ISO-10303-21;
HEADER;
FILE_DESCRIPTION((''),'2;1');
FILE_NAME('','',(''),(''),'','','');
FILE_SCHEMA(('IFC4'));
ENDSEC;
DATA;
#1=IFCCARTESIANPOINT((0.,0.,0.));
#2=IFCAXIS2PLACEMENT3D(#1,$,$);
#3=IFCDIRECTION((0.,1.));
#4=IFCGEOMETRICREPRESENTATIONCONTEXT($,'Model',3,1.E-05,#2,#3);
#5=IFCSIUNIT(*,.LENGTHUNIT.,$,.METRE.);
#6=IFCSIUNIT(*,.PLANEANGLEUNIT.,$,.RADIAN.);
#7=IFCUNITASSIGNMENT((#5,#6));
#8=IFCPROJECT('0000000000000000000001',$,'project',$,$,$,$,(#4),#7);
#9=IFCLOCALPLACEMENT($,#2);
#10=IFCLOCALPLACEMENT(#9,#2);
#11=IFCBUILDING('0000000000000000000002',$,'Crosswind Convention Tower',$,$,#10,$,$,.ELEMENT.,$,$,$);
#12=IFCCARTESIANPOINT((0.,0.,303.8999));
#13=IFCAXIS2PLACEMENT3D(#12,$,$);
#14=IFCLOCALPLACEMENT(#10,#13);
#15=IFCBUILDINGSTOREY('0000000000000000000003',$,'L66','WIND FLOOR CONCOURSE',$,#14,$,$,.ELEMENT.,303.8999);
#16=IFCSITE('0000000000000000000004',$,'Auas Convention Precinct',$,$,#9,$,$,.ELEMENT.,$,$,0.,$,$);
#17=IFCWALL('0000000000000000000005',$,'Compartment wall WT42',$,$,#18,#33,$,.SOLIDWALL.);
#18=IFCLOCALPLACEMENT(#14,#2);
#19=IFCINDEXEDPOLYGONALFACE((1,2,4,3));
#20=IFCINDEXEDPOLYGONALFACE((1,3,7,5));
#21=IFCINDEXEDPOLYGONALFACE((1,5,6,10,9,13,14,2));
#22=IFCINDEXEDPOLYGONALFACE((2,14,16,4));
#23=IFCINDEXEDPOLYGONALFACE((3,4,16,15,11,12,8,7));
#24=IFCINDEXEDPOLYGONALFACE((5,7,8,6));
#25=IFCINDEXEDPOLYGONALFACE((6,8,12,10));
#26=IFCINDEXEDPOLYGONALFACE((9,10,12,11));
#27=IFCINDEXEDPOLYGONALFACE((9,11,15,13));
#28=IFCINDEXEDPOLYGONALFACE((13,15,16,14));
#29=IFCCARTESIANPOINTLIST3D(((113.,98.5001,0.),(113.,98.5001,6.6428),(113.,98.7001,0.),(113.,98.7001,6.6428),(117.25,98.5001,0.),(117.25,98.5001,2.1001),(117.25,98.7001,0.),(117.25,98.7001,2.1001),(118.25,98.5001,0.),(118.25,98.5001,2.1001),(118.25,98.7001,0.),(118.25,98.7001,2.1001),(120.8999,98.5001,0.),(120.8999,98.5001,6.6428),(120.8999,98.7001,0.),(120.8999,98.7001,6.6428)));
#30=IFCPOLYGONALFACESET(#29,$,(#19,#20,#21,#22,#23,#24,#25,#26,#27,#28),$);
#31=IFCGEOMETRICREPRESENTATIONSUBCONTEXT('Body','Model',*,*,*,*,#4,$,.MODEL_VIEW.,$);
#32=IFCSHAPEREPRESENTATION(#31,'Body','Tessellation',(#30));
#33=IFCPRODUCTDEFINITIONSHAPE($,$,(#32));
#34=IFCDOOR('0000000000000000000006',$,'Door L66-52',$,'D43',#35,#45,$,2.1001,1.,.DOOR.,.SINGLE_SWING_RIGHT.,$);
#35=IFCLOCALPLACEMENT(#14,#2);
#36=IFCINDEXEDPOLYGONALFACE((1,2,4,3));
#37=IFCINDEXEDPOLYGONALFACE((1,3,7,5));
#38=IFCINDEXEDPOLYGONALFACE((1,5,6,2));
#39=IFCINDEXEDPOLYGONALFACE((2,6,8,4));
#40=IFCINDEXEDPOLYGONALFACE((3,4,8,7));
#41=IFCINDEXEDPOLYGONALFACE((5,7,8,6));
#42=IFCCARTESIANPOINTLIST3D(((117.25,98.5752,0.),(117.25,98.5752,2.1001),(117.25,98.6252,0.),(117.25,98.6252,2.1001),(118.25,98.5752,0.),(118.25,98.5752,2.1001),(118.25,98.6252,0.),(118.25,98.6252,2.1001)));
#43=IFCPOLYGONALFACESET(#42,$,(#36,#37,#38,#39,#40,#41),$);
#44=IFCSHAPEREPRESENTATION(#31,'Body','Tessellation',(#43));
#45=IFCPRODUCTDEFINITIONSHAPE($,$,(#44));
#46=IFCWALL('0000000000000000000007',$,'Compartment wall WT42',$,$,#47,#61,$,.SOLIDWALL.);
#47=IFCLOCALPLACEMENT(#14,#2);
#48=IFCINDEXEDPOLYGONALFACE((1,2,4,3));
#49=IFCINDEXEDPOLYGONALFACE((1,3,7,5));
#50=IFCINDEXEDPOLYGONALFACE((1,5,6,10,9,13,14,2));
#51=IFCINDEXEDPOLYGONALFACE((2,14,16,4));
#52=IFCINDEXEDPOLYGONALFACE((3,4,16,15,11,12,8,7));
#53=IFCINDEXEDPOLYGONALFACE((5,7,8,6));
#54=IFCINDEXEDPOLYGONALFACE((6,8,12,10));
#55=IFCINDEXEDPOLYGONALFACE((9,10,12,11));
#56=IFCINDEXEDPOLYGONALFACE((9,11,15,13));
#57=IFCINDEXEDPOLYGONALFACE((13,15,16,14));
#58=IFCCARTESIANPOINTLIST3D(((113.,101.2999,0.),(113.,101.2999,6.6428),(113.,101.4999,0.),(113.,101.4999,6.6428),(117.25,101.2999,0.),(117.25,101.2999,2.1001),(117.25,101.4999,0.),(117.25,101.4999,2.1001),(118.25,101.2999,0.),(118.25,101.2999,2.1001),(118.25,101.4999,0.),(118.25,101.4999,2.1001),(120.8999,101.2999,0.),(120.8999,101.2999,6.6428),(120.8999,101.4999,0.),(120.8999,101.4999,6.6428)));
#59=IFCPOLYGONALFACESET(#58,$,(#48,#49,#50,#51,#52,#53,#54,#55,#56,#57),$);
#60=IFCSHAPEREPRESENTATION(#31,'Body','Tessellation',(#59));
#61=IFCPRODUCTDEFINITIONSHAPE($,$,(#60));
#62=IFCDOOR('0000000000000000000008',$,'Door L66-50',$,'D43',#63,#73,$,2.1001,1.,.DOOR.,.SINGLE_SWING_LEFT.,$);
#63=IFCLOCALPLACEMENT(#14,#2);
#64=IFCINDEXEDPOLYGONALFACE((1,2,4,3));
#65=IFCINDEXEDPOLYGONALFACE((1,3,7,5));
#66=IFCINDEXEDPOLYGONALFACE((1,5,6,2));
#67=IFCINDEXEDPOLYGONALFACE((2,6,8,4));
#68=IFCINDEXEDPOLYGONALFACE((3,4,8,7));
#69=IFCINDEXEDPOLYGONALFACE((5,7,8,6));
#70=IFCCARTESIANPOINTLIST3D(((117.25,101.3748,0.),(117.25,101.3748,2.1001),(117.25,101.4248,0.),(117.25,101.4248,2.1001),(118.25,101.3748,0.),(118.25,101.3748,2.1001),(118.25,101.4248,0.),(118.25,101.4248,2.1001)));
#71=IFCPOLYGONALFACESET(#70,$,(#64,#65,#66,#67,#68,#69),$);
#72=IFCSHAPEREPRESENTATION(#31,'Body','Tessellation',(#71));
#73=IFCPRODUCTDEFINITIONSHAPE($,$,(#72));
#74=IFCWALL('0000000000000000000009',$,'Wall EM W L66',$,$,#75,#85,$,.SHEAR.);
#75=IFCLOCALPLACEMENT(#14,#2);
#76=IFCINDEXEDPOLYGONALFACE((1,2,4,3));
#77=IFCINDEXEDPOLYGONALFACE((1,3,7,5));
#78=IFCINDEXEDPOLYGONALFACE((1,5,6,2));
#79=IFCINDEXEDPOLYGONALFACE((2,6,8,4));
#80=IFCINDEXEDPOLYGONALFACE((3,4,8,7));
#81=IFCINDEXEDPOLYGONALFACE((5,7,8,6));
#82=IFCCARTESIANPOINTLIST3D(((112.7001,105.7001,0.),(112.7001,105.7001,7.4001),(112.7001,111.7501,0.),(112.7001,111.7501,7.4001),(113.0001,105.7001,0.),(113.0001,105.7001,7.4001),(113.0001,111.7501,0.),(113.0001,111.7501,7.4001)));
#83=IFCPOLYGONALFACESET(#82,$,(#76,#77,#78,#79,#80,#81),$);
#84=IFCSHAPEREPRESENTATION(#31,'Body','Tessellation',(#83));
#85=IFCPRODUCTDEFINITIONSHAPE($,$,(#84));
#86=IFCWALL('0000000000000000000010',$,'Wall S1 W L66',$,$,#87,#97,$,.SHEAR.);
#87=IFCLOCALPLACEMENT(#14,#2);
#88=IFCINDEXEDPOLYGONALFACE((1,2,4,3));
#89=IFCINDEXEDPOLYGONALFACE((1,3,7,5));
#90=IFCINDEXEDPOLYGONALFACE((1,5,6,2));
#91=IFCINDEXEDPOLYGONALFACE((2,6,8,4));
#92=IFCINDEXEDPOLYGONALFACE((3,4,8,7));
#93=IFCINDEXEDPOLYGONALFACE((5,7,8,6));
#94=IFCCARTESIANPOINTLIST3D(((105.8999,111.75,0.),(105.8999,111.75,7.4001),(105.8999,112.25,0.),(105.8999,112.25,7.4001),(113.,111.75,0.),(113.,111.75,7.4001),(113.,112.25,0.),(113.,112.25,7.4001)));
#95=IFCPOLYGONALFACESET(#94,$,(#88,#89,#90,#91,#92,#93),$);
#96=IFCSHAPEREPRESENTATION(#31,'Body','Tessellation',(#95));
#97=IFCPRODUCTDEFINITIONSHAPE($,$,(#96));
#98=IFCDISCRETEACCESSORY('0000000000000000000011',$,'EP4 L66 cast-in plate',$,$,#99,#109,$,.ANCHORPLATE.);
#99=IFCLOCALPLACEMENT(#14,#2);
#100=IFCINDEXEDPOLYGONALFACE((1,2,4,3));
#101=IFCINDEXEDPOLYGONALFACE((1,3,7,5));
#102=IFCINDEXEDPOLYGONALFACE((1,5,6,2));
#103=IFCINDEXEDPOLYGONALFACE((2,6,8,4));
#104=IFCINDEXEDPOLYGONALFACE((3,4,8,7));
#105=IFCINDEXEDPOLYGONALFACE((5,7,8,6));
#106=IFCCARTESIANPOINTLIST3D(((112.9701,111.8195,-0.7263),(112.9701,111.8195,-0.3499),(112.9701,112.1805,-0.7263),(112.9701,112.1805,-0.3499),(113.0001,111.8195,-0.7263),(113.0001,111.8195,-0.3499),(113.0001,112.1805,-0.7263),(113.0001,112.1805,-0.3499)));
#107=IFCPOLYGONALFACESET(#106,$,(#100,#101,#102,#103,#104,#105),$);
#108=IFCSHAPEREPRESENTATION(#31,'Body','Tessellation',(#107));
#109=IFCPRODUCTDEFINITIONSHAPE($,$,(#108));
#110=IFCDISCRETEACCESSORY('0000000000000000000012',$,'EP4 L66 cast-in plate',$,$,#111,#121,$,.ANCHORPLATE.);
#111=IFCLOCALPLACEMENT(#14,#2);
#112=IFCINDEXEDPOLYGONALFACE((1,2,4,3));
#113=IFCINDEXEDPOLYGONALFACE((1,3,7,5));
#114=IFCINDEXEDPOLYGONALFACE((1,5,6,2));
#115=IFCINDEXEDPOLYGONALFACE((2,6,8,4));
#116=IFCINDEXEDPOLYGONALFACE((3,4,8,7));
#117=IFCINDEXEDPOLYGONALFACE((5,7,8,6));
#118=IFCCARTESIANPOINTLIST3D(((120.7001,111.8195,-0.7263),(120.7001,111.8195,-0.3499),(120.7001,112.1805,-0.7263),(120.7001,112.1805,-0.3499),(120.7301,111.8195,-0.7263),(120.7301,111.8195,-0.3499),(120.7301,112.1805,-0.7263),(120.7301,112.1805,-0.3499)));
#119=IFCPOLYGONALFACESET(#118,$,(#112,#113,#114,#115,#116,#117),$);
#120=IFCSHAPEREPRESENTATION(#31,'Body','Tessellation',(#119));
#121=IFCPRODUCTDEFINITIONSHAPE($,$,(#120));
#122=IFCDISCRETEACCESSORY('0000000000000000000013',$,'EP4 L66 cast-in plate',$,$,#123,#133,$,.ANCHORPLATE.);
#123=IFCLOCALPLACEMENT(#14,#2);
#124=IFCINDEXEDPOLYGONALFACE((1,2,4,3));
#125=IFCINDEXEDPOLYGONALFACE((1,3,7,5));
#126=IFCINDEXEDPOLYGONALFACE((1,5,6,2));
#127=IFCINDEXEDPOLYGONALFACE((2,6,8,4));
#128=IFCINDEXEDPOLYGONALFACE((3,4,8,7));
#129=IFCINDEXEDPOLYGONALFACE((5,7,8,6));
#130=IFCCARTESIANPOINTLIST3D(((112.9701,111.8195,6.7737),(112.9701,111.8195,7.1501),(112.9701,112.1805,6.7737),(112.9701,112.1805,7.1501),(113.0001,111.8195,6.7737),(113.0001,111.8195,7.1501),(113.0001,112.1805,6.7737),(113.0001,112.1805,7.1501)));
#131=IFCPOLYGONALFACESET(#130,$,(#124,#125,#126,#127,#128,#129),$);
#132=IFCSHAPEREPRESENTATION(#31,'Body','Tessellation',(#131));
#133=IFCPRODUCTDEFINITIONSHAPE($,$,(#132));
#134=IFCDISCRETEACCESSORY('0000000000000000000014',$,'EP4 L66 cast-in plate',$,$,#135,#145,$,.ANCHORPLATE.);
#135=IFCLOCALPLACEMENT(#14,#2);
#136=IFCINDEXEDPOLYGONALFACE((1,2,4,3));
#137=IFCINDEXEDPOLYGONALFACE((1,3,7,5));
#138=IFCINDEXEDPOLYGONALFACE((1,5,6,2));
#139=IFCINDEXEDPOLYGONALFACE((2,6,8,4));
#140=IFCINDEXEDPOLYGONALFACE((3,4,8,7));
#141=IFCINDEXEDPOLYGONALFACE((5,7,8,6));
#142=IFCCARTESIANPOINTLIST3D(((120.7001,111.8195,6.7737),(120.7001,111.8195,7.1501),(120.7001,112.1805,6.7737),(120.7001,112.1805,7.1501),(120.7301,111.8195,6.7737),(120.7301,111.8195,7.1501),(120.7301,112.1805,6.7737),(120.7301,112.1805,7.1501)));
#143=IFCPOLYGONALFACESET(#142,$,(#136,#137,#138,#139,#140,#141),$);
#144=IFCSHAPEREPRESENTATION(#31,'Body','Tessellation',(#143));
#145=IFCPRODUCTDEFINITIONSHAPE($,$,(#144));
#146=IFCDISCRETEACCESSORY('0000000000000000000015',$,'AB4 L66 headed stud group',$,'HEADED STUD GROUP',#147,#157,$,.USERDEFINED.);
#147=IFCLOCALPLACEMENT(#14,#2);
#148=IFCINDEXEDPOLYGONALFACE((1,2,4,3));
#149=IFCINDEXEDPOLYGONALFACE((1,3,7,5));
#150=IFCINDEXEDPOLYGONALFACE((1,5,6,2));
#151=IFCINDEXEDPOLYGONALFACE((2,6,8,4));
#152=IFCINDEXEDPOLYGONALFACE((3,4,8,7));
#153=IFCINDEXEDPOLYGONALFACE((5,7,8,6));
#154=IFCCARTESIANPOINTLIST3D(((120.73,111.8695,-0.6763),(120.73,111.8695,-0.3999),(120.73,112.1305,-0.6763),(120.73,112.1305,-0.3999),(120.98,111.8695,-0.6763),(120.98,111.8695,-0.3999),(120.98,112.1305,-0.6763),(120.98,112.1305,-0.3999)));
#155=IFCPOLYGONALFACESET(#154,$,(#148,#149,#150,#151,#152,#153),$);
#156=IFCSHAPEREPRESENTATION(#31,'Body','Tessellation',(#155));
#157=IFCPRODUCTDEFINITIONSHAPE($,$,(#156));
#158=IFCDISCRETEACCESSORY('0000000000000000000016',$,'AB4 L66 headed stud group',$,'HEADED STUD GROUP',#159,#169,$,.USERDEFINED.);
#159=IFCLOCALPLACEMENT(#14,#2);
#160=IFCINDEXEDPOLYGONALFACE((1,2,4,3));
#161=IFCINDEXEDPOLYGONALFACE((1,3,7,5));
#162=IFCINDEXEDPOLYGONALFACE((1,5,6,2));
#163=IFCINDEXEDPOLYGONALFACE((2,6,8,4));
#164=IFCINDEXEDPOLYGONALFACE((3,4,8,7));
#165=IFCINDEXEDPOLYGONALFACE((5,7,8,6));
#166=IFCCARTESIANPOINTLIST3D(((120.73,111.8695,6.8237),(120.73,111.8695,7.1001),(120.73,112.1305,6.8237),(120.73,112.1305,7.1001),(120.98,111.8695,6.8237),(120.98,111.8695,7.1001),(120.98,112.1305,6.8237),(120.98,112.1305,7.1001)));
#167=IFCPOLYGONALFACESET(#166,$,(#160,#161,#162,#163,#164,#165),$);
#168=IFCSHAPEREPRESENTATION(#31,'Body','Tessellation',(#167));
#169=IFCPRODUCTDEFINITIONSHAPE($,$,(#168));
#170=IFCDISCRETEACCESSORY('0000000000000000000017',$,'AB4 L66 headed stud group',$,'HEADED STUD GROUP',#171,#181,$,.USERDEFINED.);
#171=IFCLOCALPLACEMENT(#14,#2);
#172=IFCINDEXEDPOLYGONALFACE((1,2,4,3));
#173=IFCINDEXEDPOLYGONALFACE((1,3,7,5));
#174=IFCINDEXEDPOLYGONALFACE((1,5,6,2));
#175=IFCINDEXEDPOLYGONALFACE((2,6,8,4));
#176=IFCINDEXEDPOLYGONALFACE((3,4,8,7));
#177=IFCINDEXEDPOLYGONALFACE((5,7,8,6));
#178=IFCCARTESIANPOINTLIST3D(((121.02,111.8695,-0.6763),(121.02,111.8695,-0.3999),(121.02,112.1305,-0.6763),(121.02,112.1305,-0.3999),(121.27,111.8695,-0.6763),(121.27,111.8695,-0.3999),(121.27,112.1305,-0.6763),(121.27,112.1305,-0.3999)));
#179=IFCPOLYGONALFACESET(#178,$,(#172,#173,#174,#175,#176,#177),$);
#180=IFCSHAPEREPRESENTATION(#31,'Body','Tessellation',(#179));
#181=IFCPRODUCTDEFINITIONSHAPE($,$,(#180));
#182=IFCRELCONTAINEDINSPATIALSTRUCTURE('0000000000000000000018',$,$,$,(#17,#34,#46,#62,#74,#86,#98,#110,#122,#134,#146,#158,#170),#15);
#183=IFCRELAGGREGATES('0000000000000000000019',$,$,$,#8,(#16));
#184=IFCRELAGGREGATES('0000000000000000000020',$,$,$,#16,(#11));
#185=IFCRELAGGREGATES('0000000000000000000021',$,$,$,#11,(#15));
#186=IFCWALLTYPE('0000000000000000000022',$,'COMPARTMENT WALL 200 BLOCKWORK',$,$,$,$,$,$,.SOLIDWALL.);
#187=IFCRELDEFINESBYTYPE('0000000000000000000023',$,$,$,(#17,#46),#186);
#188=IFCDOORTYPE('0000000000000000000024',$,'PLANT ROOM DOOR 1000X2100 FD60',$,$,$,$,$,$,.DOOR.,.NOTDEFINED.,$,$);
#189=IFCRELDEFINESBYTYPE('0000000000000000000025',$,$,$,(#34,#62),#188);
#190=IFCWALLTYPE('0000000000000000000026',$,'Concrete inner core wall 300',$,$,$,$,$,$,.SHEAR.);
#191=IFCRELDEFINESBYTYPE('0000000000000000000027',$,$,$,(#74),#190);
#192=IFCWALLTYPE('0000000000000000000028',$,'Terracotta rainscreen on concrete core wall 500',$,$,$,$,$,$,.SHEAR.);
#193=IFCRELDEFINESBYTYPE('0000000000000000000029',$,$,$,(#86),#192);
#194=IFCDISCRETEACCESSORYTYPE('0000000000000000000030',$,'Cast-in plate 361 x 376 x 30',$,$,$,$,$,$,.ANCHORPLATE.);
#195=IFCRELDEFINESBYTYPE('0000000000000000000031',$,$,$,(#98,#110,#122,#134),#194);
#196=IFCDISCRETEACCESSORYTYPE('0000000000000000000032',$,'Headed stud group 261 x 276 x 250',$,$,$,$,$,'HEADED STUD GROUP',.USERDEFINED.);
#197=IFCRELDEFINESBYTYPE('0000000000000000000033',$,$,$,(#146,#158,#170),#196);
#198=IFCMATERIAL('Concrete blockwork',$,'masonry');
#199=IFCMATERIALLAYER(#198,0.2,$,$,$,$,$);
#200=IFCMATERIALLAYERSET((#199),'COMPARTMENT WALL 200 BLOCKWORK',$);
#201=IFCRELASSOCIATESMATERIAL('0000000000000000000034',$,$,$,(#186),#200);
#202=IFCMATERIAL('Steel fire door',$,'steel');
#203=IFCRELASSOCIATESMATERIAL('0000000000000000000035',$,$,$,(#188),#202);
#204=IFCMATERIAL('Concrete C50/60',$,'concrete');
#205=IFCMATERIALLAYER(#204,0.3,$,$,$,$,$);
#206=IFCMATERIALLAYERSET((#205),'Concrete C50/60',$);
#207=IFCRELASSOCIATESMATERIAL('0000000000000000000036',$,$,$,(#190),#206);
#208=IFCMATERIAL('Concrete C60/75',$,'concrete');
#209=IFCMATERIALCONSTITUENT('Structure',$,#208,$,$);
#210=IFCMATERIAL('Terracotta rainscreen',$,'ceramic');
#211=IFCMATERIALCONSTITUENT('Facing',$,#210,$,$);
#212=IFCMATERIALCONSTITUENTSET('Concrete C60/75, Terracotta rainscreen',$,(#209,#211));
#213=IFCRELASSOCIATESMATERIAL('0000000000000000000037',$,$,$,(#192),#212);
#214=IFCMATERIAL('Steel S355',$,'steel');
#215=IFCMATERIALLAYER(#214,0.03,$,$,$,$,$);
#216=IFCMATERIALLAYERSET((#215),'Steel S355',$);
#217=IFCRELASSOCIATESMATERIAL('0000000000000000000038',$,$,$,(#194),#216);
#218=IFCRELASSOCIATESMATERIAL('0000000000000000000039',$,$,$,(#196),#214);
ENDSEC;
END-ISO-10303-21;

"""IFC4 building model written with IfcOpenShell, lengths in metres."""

from ifc_helpers import new_model, si_unit, direction, frame, frame_2d, origin, origin_2d, place, context, subcontext, project, spatial, rectangle, extrude, material, layer, layer_set, constituent, constituent_set, type_object, element, fill, save


model = new_model("IFC4")

# Units and contexts
model_context = context("Model", 3, precision=1e-05, world=origin(), true_north=direction((0.0, 1.0)))
body_context = subcontext(model_context, "Body", "Model", "MODEL_VIEW")
ifc_project = project(units=[si_unit("LENGTHUNIT", "METRE"), si_unit("PLANEANGLEUNIT", "RADIAN")], contexts=[model_context])

# Site, building, storey
site_placement = place(None, origin())
site = spatial("IfcSite", under=ifc_project, at=site_placement, Name="Auas Convention Precinct", CompositionType="ELEMENT", RefElevation=0.0)
building_placement = place(site_placement, origin())
building = spatial("IfcBuilding", under=site, at=building_placement, Name="Crosswind Convention Tower", CompositionType="ELEMENT")
storey_placement = place(building_placement, frame((0.0, 0.0, 303.8999)))
storey = spatial("IfcBuildingStorey", under=building, at=storey_placement, Name="L66", Description="WIND FLOOR CONCOURSE", CompositionType="ELEMENT", Elevation=303.8999)

# Shared definitions
ifc_material_1 = material(Name="Concrete C60/75", Category="concrete")

# Shared definitions
ifc_material_2 = material(Name="Steel S355", Category="steel")

# Shared definitions
ifc_material_3 = material(Name="Concrete blockwork", Category="masonry")
ifc_layer_1 = layer(ifc_material_3, 0.2)
ifc_layer_set_1 = layer_set([ifc_layer_1], Name="COMPARTMENT WALL 200 BLOCKWORK")
wall_type_1 = type_object("IfcWallType", Name="COMPARTMENT WALL 200 BLOCKWORK", PredefinedType="SOLIDWALL", material=ifc_layer_set_1)

# Walls, openings, doors
wall_1_placement = place(storey_placement, frame((113.0, 98.6001, 0.0), z_axis=(0.0, 0.0, 1.0), x_axis=(1.0, 0.0, 0.0)))
wall_1 = element("IfcWall", 1, at=wall_1_placement, inside=storey, type_object=wall_type_1, Name="Compartment wall WT42", PredefinedType="SOLIDWALL", context=body_context, shape_type="SweptSolid", body=[
    extrude(rectangle(XDim=7.8999, YDim=0.2, at=frame_2d((3.95, 0.0))), origin(), (0.0, 0.0, 1.0), 6.6428),
])
opening_1_placement = place(wall_1_placement, frame((4.25, 0.0, 0.0)))
opening_1 = element("IfcOpeningElement", 2, at=opening_1_placement, cuts=wall_1, PredefinedType="OPENING", context=body_context, shape_type="SweptSolid", body=[
    extrude(rectangle(XDim=1.0, YDim=2.1001, at=frame_2d((0.5, 1.05))), frame((0.0, 0.1099, 0.0), z_axis=(0.0, -1.0, 0.0), x_axis=(1.0, 0.0, 0.0)), (0.0, 0.0, 1.0), 0.22),
])
ifc_material_4 = material(Name="Steel fire door", Category="steel")
door_type_1 = type_object("IfcDoorType", Name="PLANT ROOM DOOR 1000X2100 FD60", OperationType="NOTDEFINED", PredefinedType="DOOR", material=ifc_material_4)
door_1_placement = place(opening_1_placement, frame((1.0, 0.0, 0.0), z_axis=(0.0, 0.0, 1.0), x_axis=(-1.0, 0.0, 0.0)))
door_1 = element("IfcDoor", 3, at=door_1_placement, inside=storey, type_object=door_type_1, Name="Door L66-52", ObjectType="D43", OperationType="SINGLE_SWING_RIGHT", OverallHeight=2.1001, OverallWidth=1.0, PredefinedType="DOOR", context=body_context, shape_type="SweptSolid", body=[
    extrude(rectangle(XDim=1.0, YDim=2.1001, at=frame_2d((0.5, 1.05))), frame((0.0, 0.0249, 0.0), z_axis=(0.0, -1.0, 0.0), x_axis=(1.0, 0.0, 0.0)), (0.0, 0.0, 1.0), 0.05),
])
fill(opening_1, door_1)
wall_2_placement = place(storey_placement, frame((113.0, 101.3999, 0.0), z_axis=(0.0, 0.0, 1.0), x_axis=(1.0, 0.0, 0.0)))
wall_2 = element("IfcWall", 4, at=wall_2_placement, inside=storey, type_object=wall_type_1, Name="Compartment wall WT42", PredefinedType="SOLIDWALL", context=body_context, shape_type="SweptSolid", body=[
    extrude(rectangle(XDim=7.8999, YDim=0.2, at=frame_2d((3.95, 0.0))), origin(), (0.0, 0.0, 1.0), 6.6428),
])
opening_2_placement = place(wall_2_placement, frame((4.25, 0.0, 0.0)))
opening_2 = element("IfcOpeningElement", 5, at=opening_2_placement, cuts=wall_2, PredefinedType="OPENING", context=body_context, shape_type="SweptSolid", body=[
    extrude(rectangle(XDim=1.0, YDim=2.1001, at=frame_2d((0.5, 1.05))), frame((0.0, 0.1099, 0.0), z_axis=(0.0, -1.0, 0.0), x_axis=(1.0, 0.0, 0.0)), (0.0, 0.0, 1.0), 0.22),
])
door_2_placement = place(opening_2_placement, origin())
door_2 = element("IfcDoor", 6, at=door_2_placement, inside=storey, type_object=door_type_1, Name="Door L66-50", ObjectType="D43", OperationType="SINGLE_SWING_LEFT", OverallHeight=2.1001, OverallWidth=1.0, PredefinedType="DOOR", context=body_context, shape_type="SweptSolid", body=[
    extrude(rectangle(XDim=1.0, YDim=2.1001, at=frame_2d((0.5, 1.05))), frame((0.0, 0.0249, 0.0), z_axis=(0.0, -1.0, 0.0), x_axis=(1.0, 0.0, 0.0)), (0.0, 0.0, 1.0), 0.05),
])
fill(opening_2, door_2)

# Shared definitions
ifc_material_5 = material(Name="Concrete C50/60", Category="concrete")
ifc_layer_2 = layer(ifc_material_5, 0.3)
ifc_layer_set_2 = layer_set([ifc_layer_2], Name="Concrete C50/60")
wall_type_2 = type_object("IfcWallType", Name="Concrete inner core wall 300", PredefinedType="SHEAR", material=ifc_layer_set_2)

# Walls
wall_3_placement = place(storey_placement, frame((112.8501, 111.75, 0.0), z_axis=(0.0, 0.0, 1.0), x_axis=(0.0, -1.0, 0.0)))
element("IfcWall", 7, at=wall_3_placement, inside=storey, type_object=wall_type_2, Name="Wall EM W L66", PredefinedType="SHEAR", context=body_context, shape_type="SweptSolid", body=[
    extrude(rectangle(XDim=6.05, YDim=0.3, at=frame_2d((3.0249, 0.0))), origin(), (0.0, 0.0, 1.0), 7.4001),
])
ifc_constituent_1 = constituent(ifc_material_1, Name="Structure")
ifc_material_6 = material(Name="Terracotta rainscreen", Category="ceramic")
ifc_constituent_2 = constituent(ifc_material_6, Name="Facing")
ifc_constituent_set = constituent_set(constituents=[ifc_constituent_1, ifc_constituent_2], Name="Concrete C60/75, Terracotta rainscreen")
wall_type_3 = type_object("IfcWallType", Name="Terracotta rainscreen on concrete core wall 500", PredefinedType="SHEAR", material=ifc_constituent_set)
wall_4_placement = place(storey_placement, frame((113.0, 112.0, 0.0), z_axis=(0.0, 0.0, 1.0), x_axis=(-1.0, 0.0, 0.0)))
element("IfcWall", 8, at=wall_4_placement, inside=storey, type_object=wall_type_3, Name="Wall S1 W L66", PredefinedType="SHEAR", context=body_context, shape_type="SweptSolid", body=[
    extrude(rectangle(XDim=7.1001, YDim=0.5, at=frame_2d((3.55, 0.0))), origin(), (0.0, 0.0, 1.0), 7.4001),
])

# Discrete accessories
ifc_layer_3 = layer(ifc_material_2, 0.03)
ifc_layer_set_3 = layer_set([ifc_layer_3], Name="Steel S355")
discrete_accessory_type_1 = type_object("IfcDiscreteAccessoryType", Name="Cast-in plate 361 x 376 x 30", PredefinedType="ANCHORPLATE", material=ifc_layer_set_3)
for number, where, z_axis, x_axis, name in (
    (9, (112.9851, 112.0, -0.7263), (0.0, 0.0, 1.0), (1.0, 0.0, 0.0), "EP4 L66 cast-in plate"),
    (10, (120.7151, 112.0, -0.7263), (0.0, 0.0, 1.0), (1.0, 0.0, 0.0), "EP4 L66 cast-in plate"),
    (11, (112.9851, 112.0, 6.7737), (0.0, 0.0, 1.0), (1.0, 0.0, 0.0), "EP4 L66 cast-in plate"),
    (12, (120.7151, 112.0, 6.7737), (0.0, 0.0, 1.0), (1.0, 0.0, 0.0), "EP4 L66 cast-in plate"),
):
    element("IfcDiscreteAccessory", number, at=place(storey_placement, frame(where, z_axis=z_axis, x_axis=x_axis)), inside=storey, type_object=discrete_accessory_type_1, Name=name, PredefinedType="ANCHORPLATE", context=body_context, shape_type="SweptSolid", body=[
        extrude(rectangle(XDim=0.03, YDim=0.3611, at=origin_2d()), origin(), (0.0, 0.0, 1.0), 0.3765),
    ])
discrete_accessory_type_2 = type_object("IfcDiscreteAccessoryType", Name="Headed stud group 261 x 276 x 250", ElementType="HEADED STUD GROUP", PredefinedType="USERDEFINED", material=ifc_material_2)
for number, where, z_axis, x_axis, name in (
    (13, (120.855, 112.0, -0.6763), (0.0, 0.0, 1.0), (1.0, 0.0, 0.0), "AB4 L66 headed stud group"),
    (14, (120.855, 112.0, 6.8237), (0.0, 0.0, 1.0), (1.0, 0.0, 0.0), "AB4 L66 headed stud group"),
    (15, (121.145, 112.0, -0.6763), (0.0, 0.0, 1.0), (1.0, 0.0, 0.0), "AB4 L66 headed stud group"),
):
    element("IfcDiscreteAccessory", number, at=place(storey_placement, frame(where, z_axis=z_axis, x_axis=x_axis)), inside=storey, type_object=discrete_accessory_type_2, Name=name, ObjectType="HEADED STUD GROUP", PredefinedType="USERDEFINED", context=body_context, shape_type="SweptSolid", body=[
        extrude(rectangle(XDim=0.25, YDim=0.261, at=origin_2d()), origin(), (0.0, 0.0, 1.0), 0.2764),
    ])

save(model, "model.ifc")
